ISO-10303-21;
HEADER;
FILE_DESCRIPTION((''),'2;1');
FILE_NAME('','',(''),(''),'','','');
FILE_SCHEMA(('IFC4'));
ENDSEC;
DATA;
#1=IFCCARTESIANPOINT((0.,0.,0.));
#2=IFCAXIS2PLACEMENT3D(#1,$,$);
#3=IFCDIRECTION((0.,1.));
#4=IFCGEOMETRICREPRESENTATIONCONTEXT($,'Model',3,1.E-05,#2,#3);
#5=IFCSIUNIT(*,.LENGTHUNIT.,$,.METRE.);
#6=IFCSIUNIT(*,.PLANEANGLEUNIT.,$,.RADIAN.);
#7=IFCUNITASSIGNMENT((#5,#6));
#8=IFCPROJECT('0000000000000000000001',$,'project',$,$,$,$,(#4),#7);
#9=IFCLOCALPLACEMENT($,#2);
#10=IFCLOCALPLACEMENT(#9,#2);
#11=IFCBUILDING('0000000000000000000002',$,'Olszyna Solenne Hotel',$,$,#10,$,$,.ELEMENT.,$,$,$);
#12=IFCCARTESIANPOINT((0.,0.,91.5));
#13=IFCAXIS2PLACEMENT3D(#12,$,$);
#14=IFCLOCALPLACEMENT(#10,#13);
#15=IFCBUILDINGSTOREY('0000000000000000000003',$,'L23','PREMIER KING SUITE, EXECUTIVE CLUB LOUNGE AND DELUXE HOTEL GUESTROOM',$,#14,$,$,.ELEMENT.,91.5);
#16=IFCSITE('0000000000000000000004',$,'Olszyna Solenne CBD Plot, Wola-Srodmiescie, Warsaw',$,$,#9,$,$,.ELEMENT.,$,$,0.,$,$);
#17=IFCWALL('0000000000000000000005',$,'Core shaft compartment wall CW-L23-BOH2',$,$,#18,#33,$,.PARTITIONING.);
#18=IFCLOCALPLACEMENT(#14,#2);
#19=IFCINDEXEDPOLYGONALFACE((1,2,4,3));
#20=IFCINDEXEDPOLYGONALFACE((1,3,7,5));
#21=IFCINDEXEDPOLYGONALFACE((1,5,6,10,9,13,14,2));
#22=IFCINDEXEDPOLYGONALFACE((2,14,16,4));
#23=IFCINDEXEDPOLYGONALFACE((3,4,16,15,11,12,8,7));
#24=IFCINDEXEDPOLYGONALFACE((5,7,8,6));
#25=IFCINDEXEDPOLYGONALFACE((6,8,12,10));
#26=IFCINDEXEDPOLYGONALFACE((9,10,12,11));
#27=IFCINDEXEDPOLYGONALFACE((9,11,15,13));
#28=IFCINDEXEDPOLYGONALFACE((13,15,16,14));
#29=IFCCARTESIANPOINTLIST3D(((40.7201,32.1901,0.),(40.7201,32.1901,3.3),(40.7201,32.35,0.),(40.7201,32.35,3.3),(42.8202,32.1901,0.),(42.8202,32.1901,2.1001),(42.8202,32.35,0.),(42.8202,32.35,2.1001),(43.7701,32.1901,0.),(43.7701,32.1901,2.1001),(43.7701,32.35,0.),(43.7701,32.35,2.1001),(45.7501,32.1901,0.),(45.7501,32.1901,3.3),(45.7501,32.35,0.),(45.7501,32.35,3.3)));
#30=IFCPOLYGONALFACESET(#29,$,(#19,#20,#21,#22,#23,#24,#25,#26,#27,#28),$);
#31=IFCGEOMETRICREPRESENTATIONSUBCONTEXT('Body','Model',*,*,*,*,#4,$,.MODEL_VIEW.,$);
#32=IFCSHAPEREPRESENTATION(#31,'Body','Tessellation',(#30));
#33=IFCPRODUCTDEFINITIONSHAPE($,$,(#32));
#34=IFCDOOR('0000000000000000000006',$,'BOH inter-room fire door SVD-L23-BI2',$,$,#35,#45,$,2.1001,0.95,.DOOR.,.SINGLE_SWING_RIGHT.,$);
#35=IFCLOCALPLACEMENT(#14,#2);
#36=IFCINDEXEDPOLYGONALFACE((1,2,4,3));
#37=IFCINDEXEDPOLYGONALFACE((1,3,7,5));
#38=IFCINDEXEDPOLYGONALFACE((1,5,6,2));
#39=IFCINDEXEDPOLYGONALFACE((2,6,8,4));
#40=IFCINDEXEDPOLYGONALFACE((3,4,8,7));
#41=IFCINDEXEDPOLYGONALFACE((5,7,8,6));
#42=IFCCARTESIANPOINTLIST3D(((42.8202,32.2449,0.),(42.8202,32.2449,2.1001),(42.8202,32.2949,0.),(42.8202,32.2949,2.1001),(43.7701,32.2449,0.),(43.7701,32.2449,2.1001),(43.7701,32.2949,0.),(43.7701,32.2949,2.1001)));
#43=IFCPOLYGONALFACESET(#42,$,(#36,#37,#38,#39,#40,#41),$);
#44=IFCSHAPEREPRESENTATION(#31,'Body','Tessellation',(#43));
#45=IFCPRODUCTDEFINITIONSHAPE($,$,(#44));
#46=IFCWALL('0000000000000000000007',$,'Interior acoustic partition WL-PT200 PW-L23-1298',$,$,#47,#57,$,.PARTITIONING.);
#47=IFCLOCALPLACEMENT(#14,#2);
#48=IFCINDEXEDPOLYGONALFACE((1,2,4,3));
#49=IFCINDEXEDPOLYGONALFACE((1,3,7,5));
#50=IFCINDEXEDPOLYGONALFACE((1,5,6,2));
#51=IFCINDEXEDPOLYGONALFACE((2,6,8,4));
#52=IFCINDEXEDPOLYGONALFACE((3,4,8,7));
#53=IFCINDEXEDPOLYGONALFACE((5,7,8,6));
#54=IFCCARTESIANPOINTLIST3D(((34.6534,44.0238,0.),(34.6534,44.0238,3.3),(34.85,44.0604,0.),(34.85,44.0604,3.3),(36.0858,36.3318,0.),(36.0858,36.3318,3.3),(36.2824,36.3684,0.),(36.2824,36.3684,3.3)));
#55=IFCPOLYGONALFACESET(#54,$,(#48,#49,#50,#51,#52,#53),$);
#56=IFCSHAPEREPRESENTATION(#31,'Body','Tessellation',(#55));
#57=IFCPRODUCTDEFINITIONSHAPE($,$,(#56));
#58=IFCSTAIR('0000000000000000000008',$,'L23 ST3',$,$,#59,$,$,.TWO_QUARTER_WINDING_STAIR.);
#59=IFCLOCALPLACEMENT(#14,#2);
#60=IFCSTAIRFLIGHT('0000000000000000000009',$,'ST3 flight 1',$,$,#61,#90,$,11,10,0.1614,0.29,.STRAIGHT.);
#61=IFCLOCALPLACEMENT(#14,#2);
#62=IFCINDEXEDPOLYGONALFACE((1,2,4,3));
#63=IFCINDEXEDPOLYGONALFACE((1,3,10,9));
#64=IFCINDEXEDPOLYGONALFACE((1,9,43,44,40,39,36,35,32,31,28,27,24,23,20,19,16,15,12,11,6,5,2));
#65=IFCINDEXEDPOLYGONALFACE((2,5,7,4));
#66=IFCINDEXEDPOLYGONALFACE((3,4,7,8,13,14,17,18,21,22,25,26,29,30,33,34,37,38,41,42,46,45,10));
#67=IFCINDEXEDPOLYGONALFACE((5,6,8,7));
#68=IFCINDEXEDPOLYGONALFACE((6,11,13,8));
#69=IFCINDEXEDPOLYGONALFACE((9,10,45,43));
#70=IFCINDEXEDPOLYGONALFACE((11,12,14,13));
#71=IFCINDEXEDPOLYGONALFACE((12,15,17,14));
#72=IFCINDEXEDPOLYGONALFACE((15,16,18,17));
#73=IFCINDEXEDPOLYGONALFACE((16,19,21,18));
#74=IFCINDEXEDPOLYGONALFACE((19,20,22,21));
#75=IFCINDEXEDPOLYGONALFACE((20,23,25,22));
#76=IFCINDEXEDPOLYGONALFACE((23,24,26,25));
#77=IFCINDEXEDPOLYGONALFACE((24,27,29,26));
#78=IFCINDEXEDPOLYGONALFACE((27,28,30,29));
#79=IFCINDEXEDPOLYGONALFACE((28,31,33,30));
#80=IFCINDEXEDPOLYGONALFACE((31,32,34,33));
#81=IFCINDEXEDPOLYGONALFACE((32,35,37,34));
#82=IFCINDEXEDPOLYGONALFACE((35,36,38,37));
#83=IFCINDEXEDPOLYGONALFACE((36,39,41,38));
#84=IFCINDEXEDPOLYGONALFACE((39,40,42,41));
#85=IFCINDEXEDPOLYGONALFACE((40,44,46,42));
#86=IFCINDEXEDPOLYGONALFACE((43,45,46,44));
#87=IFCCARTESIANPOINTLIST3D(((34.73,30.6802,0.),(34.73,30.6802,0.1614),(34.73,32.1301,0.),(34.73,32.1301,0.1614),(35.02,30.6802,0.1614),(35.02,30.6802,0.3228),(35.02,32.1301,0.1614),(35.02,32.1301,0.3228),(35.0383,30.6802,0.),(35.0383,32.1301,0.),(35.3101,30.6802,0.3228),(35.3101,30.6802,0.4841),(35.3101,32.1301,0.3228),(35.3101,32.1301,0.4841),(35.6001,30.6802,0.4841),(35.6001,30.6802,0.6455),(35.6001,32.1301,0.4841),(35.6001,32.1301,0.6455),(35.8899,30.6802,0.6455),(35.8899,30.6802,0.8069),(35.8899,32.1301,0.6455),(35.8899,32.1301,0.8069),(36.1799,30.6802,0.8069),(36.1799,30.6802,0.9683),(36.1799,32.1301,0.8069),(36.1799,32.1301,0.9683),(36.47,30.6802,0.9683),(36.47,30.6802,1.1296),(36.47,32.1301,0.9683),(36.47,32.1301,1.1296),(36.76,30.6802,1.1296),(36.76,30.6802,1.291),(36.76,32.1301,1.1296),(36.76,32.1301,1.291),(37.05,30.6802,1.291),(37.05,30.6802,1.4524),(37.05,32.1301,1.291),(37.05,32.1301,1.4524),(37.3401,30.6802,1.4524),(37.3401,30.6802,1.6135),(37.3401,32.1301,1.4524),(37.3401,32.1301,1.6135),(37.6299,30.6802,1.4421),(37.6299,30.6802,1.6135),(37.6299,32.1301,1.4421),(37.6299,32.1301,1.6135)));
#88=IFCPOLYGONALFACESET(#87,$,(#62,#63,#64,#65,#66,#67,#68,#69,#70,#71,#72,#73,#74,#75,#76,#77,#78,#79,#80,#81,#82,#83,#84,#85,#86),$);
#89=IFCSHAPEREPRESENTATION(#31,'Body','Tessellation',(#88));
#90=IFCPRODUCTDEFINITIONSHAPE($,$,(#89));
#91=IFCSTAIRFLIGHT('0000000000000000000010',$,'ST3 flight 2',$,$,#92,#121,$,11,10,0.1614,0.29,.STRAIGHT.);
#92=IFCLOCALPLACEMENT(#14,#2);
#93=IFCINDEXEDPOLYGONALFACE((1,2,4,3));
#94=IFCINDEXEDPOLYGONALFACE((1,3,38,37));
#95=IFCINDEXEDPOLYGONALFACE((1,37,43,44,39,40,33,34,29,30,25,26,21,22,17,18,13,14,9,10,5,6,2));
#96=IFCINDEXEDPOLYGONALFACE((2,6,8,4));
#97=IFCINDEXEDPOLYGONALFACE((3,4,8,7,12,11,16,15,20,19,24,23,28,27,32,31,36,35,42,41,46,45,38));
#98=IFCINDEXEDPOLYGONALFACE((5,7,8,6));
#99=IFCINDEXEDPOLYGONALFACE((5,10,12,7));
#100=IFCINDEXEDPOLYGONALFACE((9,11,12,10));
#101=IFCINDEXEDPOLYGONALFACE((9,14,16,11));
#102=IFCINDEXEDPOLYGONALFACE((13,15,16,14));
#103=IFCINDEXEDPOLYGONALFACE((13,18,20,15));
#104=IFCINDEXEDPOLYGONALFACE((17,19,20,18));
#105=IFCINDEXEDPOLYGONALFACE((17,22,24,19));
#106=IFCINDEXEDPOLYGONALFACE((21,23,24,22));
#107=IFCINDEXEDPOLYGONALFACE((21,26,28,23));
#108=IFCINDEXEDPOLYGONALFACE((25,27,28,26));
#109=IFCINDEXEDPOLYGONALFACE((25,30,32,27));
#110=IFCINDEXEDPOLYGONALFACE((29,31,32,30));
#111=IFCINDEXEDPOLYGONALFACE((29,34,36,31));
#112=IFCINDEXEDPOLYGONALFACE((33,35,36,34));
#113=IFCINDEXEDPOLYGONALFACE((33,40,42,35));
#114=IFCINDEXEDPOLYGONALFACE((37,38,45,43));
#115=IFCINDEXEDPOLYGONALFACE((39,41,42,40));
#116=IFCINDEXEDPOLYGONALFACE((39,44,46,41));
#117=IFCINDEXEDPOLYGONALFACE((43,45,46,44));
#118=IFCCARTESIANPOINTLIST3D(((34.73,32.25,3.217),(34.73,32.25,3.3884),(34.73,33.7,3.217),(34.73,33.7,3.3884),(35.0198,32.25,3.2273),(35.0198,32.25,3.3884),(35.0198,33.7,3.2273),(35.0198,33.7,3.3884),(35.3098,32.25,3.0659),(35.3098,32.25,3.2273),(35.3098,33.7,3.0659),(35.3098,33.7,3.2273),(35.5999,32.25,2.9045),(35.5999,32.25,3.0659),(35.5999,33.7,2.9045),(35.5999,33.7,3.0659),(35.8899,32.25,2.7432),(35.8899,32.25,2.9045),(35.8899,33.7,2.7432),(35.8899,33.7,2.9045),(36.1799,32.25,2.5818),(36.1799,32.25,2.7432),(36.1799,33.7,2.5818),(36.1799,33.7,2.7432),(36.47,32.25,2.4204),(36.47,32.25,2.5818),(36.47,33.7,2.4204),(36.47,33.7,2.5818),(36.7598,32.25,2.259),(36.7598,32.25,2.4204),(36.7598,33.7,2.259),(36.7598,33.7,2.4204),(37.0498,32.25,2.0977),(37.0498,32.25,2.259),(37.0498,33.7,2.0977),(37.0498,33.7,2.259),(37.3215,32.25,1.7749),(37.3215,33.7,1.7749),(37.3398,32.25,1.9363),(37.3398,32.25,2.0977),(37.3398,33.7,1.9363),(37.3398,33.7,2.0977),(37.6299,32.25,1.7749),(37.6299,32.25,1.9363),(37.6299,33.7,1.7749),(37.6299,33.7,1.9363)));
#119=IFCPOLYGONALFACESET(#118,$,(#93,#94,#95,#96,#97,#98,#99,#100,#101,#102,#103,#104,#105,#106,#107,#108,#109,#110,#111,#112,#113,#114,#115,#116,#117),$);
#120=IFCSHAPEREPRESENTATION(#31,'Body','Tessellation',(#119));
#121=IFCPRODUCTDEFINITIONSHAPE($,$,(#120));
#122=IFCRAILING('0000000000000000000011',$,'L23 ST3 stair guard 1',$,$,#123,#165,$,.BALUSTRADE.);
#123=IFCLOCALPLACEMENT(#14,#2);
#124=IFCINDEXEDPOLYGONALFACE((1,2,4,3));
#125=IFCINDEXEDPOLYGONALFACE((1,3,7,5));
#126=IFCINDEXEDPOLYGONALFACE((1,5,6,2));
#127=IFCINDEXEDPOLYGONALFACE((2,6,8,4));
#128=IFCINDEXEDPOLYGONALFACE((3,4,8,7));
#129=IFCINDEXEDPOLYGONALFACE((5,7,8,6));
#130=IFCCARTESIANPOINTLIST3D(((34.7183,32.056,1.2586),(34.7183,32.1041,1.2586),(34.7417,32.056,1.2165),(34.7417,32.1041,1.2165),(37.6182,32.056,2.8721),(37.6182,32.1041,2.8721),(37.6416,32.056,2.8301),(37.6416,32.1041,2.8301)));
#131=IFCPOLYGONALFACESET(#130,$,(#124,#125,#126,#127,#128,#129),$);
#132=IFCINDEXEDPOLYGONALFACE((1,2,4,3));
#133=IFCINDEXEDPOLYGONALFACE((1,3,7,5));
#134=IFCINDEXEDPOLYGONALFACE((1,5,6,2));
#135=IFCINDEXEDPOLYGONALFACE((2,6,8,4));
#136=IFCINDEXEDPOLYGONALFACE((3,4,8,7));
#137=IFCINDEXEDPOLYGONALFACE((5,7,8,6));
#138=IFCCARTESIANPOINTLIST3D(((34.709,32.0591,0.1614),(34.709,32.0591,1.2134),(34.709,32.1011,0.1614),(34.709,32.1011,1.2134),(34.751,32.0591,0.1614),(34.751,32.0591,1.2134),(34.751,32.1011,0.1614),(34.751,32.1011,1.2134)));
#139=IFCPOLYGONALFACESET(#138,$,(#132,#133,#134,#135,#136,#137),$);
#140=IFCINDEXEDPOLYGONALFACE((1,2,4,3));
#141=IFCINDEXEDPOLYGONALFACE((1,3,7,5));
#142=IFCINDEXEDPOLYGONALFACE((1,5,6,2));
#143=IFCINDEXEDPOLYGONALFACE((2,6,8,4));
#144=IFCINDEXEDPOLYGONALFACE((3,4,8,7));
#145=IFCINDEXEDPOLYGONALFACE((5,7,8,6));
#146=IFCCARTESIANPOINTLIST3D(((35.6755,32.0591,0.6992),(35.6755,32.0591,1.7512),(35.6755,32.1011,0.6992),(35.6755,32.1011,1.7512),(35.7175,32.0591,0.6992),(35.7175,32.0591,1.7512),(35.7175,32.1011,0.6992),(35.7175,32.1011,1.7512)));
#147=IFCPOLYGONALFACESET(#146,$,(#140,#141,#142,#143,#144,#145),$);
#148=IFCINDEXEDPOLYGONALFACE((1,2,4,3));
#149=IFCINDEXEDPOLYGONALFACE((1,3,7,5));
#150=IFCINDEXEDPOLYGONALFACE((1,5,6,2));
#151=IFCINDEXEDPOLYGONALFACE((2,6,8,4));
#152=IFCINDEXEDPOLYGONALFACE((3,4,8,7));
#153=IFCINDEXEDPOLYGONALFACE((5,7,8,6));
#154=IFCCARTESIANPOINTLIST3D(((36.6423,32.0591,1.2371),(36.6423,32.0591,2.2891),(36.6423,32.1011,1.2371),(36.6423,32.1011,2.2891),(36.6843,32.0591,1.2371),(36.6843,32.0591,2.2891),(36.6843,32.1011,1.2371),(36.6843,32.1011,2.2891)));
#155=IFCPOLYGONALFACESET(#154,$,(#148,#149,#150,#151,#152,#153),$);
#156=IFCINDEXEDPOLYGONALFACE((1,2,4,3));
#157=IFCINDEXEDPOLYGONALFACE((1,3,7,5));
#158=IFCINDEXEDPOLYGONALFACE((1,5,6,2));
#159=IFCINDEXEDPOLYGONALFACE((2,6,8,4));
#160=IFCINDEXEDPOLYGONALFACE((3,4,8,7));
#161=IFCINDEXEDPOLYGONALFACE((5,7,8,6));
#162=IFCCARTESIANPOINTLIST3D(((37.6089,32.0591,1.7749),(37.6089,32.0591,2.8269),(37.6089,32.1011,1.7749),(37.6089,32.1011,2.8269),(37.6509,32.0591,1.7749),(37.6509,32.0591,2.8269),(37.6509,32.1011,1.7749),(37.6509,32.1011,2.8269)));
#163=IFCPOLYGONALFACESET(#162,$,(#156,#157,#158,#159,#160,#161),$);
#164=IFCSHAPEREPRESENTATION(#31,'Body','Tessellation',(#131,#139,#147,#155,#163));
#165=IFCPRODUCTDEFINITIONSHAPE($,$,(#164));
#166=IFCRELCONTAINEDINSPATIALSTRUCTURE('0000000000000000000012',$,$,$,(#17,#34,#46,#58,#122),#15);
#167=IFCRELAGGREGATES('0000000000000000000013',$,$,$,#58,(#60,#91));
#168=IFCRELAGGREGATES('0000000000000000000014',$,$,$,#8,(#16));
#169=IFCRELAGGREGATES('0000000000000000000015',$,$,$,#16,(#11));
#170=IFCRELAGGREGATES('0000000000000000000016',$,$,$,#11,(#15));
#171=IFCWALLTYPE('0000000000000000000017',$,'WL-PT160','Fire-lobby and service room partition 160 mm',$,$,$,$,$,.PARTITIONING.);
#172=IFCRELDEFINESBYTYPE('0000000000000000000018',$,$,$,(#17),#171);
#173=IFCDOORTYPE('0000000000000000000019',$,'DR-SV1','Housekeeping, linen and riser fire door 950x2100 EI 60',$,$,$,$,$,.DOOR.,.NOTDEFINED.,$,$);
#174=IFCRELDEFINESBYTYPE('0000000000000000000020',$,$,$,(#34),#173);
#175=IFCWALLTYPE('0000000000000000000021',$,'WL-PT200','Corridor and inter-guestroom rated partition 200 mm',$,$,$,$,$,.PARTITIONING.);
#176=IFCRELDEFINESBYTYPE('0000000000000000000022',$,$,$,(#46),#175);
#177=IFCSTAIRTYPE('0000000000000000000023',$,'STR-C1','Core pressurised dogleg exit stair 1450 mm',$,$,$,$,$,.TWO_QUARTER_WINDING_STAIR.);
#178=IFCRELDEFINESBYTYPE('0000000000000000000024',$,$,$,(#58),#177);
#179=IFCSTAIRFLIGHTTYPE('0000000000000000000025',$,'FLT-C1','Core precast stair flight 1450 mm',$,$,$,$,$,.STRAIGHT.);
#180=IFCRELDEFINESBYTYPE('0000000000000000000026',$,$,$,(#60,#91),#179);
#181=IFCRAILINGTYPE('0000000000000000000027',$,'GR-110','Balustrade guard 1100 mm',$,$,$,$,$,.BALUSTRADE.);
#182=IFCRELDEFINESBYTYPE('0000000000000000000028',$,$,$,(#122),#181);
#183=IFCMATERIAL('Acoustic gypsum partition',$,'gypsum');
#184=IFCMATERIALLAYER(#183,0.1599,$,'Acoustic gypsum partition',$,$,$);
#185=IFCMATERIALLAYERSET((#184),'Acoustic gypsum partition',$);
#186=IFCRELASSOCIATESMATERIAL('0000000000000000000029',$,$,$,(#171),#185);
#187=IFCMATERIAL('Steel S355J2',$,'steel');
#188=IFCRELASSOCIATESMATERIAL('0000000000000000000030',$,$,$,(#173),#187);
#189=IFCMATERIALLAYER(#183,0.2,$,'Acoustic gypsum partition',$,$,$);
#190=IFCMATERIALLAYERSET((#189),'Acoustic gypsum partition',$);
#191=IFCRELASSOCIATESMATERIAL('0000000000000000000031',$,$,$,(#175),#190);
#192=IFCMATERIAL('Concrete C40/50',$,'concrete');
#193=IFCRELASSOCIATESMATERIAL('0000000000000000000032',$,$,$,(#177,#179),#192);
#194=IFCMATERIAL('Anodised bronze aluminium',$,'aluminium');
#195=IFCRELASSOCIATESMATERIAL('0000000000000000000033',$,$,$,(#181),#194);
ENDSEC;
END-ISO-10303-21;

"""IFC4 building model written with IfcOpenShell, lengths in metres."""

from ifc_helpers import new_model, si_unit, direction, frame, frame_2d, origin, origin_2d, place, context, subcontext, project, spatial, polyline, rectangle, outline, extrude, source, transform, mapped, material, layer, layer_set, type_object, type_shapes, element, fill, aggregate, save


model = new_model("IFC4")

# Units and contexts
model_context = context("Model", 3, precision=1e-05, world=origin(), true_north=direction((0.0, 1.0)))
body_context = subcontext(model_context, "Body", "Model", "MODEL_VIEW")
ifc_project = project(units=[si_unit("LENGTHUNIT", "METRE"), si_unit("PLANEANGLEUNIT", "RADIAN")], contexts=[model_context])

# Site, building, storey
site_placement = place(None, origin())
site = spatial("IfcSite", under=ifc_project, at=site_placement, Name="Olszyna Solenne CBD Plot, Wola-Srodmiescie, Warsaw", CompositionType="ELEMENT", RefElevation=0.0)
building_placement = place(site_placement, origin())
building = spatial("IfcBuilding", under=site, at=building_placement, Name="Olszyna Solenne Hotel", CompositionType="ELEMENT")
storey_placement = place(building_placement, frame((0.0, 0.0, 91.5)))
storey = spatial("IfcBuildingStorey", under=building, at=storey_placement, Name="L23", Description="PREMIER KING SUITE, EXECUTIVE CLUB LOUNGE AND DELUXE HOTEL GUESTROOM", CompositionType="ELEMENT", Elevation=91.5)

# Shared definitions
ifc_material_1 = material(Name="Steel S355J2", Category="steel")

# Shared definitions
ifc_material_2 = material(Name="Anodised bronze aluminium", Category="aluminium")

# Shared definitions
ifc_material_3 = material(Name="Acoustic gypsum partition", Category="gypsum")

# Shared definitions
ifc_layer_1 = layer(ifc_material_3, 0.1599, Name="Acoustic gypsum partition")
ifc_layer_set_1 = layer_set([ifc_layer_1], Name="Acoustic gypsum partition")
wall_type_1 = type_object("IfcWallType", Name="WL-PT160", Description="Fire-lobby and service room partition 160 mm", PredefinedType="PARTITIONING", material=ifc_layer_set_1)

# Wall, opening, door
wall_1_placement = place(storey_placement, frame((40.72, 32.27, 0.0), z_axis=(0.0, 0.0, 1.0), x_axis=(1.0, 0.0, 0.0)))
wall_1 = element("IfcWall", 1, at=wall_1_placement, inside=storey, type_object=wall_type_1, Name="Core shaft compartment wall CW-L23-BOH2", PredefinedType="PARTITIONING", context=body_context, shape_type="SweptSolid", body=[
    extrude(rectangle(XDim=5.03, YDim=0.1599, at=frame_2d((2.5151, 0.0))), origin(), (0.0, 0.0, 1.0), 3.3),
])
opening_1_placement = place(wall_1_placement, frame((2.1001, 0.0, 0.0)))
opening_1 = element("IfcOpeningElement", 2, at=opening_1_placement, cuts=wall_1, PredefinedType="OPENING", context=body_context, shape_type="SweptSolid", body=[
    extrude(rectangle(XDim=0.95, YDim=2.1001, at=frame_2d((0.4751, 1.05))), frame((0.0, 0.0898, 0.0), z_axis=(0.0, -1.0, 0.0), x_axis=(1.0, 0.0, 0.0)), (0.0, 0.0, 1.0), 0.1799),
])
door_type_1 = type_object("IfcDoorType", Name="DR-SV1", Description="Housekeeping, linen and riser fire door 950x2100 EI 60", OperationType="NOTDEFINED", PredefinedType="DOOR", material=ifc_material_1)
shared_shape_1 = source(origin(), body_context, "Body", "SweptSolid", [
    extrude(rectangle(XDim=0.95, YDim=2.1001, at=frame_2d((0.4751, 1.05))), frame((0.0, 0.0249, 0.0), z_axis=(0.0, -1.0, 0.0), x_axis=(1.0, 0.0, 0.0)), (0.0, 0.0, 1.0), 0.05),
])
type_shapes(door_type_1, [shared_shape_1])
door_1_placement = place(opening_1_placement, origin())
door_1 = element("IfcDoor", 3, at=door_1_placement, inside=storey, type_object=door_type_1, Name="BOH inter-room fire door SVD-L23-BI2", OperationType="SINGLE_SWING_RIGHT", OverallHeight=2.1001, OverallWidth=0.95, PredefinedType="DOOR", context=body_context, shape_type="MappedRepresentation", body=[
    mapped(shared_shape_1, transform((0.0, 0.0, 0.0), x_axis=(1.0, 0.0, 0.0), y_axis=(0.0, 1.0, 0.0), z_axis=(0.0, 0.0, 1.0), scale=1.0)),
])
fill(opening_1, door_1)

# Wall
ifc_layer_2 = layer(ifc_material_3, 0.2, Name="Acoustic gypsum partition")
ifc_layer_set_2 = layer_set([ifc_layer_2], Name="Acoustic gypsum partition")
wall_type_2 = type_object("IfcWallType", Name="WL-PT200", Description="Corridor and inter-guestroom rated partition 200 mm", PredefinedType="PARTITIONING", material=ifc_layer_set_2)
wall_2_placement = place(storey_placement, frame((36.1841, 36.3501, 0.0), z_axis=(0.0, 0.0, 1.0), x_axis=(-0.183071, 0.9831, 0.0)))
element("IfcWall", 4, at=wall_2_placement, inside=storey, type_object=wall_type_2, Name="Interior acoustic partition WL-PT200 PW-L23-1298", PredefinedType="PARTITIONING", context=body_context, shape_type="SweptSolid", body=[
    extrude(rectangle(XDim=7.8242, YDim=0.2, at=frame_2d((3.9121, 0.0))), origin(), (0.0, 0.0, 1.0), 3.3),
])

# Stair, stair flights
ifc_material_4 = material(Name="Concrete C40/50", Category="concrete")
stair_type = type_object("IfcStairType", Name="STR-C1", Description="Core pressurised dogleg exit stair 1450 mm", PredefinedType="TWO_QUARTER_WINDING_STAIR", material=ifc_material_4)
stair_placement = place(storey_placement, origin())
stair = element("IfcStair", 5, at=stair_placement, inside=storey, type_object=stair_type, Name="L23 ST3", PredefinedType="TWO_QUARTER_WINDING_STAIR")
stair_flight_type = type_object("IfcStairFlightType", Name="FLT-C1", Description="Core precast stair flight 1450 mm", PredefinedType="STRAIGHT", material=ifc_material_4)
stair_flight_1_placement = place(storey_placement, frame((34.73, 31.405, 0.0), z_axis=(0.0, 0.0, 1.0), x_axis=(1.0, 0.0, 0.0)))
stair_flight_1 = element("IfcStairFlight", 6, at=stair_flight_1_placement, type_object=stair_flight_type, Name="ST3 flight 1", NumberOfRisers=11, NumberOfTreads=10, PredefinedType="STRAIGHT", RiserHeight=0.1614, TreadLength=0.29, context=body_context, shape_type="SweptSolid", body=[
    extrude(outline(polyline([(0.0, 0.0), (0.0, 0.1614), (0.29, 0.1614), (0.29, 0.3228), (0.5801, 0.3228), (0.5801, 0.4841), (0.8701, 0.4841), (0.8701, 0.6455), (1.1599, 0.6455), (1.1599, 0.8069), (1.45, 0.8069), (1.45, 0.9683), (1.74, 0.9683), (1.74, 1.1296), (2.03, 1.1296), (2.03, 1.291), (2.3201, 1.291), (2.3201, 1.4524), (2.6101, 1.4524), (2.6101, 1.6135), (2.8999, 1.6135), (2.8999, 1.7749), (2.8999, 1.4421), (0.3083, 0.0), (0.0, 0.0)])), frame((0.0, 0.7251, 0.0), z_axis=(0.0, -1.0, 0.0), x_axis=(1.0, 0.0, 0.0)), (0.0, 0.0, 1.0), 1.45),
])
stair_flight_2_placement = place(storey_placement, frame((37.6299, 32.9751, 1.7749), z_axis=(0.0, 0.0, 1.0), x_axis=(-1.0, 0.0, 0.0)))
stair_flight_2 = element("IfcStairFlight", 7, at=stair_flight_2_placement, type_object=stair_flight_type, Name="ST3 flight 2", NumberOfRisers=11, NumberOfTreads=10, PredefinedType="STRAIGHT", RiserHeight=0.1614, TreadLength=0.29, context=body_context, shape_type="SweptSolid", body=[
    extrude(outline(polyline([(0.0, 0.0), (0.0, 0.1614), (0.29, 0.1614), (0.29, 0.3228), (0.5801, 0.3228), (0.5801, 0.4841), (0.8701, 0.4841), (0.8701, 0.6455), (1.1599, 0.6455), (1.1599, 0.8069), (1.45, 0.8069), (1.45, 0.9683), (1.74, 0.9683), (1.74, 1.1296), (2.03, 1.1296), (2.03, 1.291), (2.3201, 1.291), (2.3201, 1.4524), (2.6101, 1.4524), (2.6101, 1.6135), (2.8999, 1.6135), (2.8999, 1.7749), (2.8999, 1.4421), (0.3083, 0.0), (0.0, 0.0)])), frame((0.0, 0.7251, 0.0), z_axis=(0.0, -1.0, 0.0), x_axis=(1.0, 0.0, 0.0)), (0.0, 0.0, 1.0), 1.45),
])
aggregate(stair, [stair_flight_1, stair_flight_2])

# Railing
railing_type_1 = type_object("IfcRailingType", Name="GR-110", Description="Balustrade guard 1100 mm", PredefinedType="BALUSTRADE", material=ifc_material_2)
railing_1_placement = place(storey_placement, frame((34.73, 32.0801, 0.1614)))
element("IfcRailing", 8, at=railing_1_placement, inside=storey, type_object=railing_type_1, Name="L23 ST3 stair guard 1", PredefinedType="BALUSTRADE", context=body_context, shape_type="SweptSolid", body=[
    extrude(rectangle(XDim=0.0481, YDim=0.0481, at=origin_2d()), frame((0.0, 0.0, 1.0762), z_axis=(0.873841, 0.0, 0.486211), x_axis=(0.0, 1.0, 0.0)), (0.0, 0.0, 1.0), 3.3186),
    extrude(rectangle(XDim=0.042, YDim=0.042, at=origin_2d()), origin(), (0.0, 0.0, 1.0), 1.052),
    extrude(rectangle(XDim=0.042, YDim=0.042, at=origin_2d()), frame((0.9666, 0.0, 0.5378)), (0.0, 0.0, 1.0), 1.052),
    extrude(rectangle(XDim=0.042, YDim=0.042, at=origin_2d()), frame((1.9333, 0.0, 1.0757)), (0.0, 0.0, 1.0), 1.052),
    extrude(rectangle(XDim=0.042, YDim=0.042, at=origin_2d()), frame((2.8999, 0.0, 1.6135)), (0.0, 0.0, 1.0), 1.052),
])

save(model, "model.ifc")
